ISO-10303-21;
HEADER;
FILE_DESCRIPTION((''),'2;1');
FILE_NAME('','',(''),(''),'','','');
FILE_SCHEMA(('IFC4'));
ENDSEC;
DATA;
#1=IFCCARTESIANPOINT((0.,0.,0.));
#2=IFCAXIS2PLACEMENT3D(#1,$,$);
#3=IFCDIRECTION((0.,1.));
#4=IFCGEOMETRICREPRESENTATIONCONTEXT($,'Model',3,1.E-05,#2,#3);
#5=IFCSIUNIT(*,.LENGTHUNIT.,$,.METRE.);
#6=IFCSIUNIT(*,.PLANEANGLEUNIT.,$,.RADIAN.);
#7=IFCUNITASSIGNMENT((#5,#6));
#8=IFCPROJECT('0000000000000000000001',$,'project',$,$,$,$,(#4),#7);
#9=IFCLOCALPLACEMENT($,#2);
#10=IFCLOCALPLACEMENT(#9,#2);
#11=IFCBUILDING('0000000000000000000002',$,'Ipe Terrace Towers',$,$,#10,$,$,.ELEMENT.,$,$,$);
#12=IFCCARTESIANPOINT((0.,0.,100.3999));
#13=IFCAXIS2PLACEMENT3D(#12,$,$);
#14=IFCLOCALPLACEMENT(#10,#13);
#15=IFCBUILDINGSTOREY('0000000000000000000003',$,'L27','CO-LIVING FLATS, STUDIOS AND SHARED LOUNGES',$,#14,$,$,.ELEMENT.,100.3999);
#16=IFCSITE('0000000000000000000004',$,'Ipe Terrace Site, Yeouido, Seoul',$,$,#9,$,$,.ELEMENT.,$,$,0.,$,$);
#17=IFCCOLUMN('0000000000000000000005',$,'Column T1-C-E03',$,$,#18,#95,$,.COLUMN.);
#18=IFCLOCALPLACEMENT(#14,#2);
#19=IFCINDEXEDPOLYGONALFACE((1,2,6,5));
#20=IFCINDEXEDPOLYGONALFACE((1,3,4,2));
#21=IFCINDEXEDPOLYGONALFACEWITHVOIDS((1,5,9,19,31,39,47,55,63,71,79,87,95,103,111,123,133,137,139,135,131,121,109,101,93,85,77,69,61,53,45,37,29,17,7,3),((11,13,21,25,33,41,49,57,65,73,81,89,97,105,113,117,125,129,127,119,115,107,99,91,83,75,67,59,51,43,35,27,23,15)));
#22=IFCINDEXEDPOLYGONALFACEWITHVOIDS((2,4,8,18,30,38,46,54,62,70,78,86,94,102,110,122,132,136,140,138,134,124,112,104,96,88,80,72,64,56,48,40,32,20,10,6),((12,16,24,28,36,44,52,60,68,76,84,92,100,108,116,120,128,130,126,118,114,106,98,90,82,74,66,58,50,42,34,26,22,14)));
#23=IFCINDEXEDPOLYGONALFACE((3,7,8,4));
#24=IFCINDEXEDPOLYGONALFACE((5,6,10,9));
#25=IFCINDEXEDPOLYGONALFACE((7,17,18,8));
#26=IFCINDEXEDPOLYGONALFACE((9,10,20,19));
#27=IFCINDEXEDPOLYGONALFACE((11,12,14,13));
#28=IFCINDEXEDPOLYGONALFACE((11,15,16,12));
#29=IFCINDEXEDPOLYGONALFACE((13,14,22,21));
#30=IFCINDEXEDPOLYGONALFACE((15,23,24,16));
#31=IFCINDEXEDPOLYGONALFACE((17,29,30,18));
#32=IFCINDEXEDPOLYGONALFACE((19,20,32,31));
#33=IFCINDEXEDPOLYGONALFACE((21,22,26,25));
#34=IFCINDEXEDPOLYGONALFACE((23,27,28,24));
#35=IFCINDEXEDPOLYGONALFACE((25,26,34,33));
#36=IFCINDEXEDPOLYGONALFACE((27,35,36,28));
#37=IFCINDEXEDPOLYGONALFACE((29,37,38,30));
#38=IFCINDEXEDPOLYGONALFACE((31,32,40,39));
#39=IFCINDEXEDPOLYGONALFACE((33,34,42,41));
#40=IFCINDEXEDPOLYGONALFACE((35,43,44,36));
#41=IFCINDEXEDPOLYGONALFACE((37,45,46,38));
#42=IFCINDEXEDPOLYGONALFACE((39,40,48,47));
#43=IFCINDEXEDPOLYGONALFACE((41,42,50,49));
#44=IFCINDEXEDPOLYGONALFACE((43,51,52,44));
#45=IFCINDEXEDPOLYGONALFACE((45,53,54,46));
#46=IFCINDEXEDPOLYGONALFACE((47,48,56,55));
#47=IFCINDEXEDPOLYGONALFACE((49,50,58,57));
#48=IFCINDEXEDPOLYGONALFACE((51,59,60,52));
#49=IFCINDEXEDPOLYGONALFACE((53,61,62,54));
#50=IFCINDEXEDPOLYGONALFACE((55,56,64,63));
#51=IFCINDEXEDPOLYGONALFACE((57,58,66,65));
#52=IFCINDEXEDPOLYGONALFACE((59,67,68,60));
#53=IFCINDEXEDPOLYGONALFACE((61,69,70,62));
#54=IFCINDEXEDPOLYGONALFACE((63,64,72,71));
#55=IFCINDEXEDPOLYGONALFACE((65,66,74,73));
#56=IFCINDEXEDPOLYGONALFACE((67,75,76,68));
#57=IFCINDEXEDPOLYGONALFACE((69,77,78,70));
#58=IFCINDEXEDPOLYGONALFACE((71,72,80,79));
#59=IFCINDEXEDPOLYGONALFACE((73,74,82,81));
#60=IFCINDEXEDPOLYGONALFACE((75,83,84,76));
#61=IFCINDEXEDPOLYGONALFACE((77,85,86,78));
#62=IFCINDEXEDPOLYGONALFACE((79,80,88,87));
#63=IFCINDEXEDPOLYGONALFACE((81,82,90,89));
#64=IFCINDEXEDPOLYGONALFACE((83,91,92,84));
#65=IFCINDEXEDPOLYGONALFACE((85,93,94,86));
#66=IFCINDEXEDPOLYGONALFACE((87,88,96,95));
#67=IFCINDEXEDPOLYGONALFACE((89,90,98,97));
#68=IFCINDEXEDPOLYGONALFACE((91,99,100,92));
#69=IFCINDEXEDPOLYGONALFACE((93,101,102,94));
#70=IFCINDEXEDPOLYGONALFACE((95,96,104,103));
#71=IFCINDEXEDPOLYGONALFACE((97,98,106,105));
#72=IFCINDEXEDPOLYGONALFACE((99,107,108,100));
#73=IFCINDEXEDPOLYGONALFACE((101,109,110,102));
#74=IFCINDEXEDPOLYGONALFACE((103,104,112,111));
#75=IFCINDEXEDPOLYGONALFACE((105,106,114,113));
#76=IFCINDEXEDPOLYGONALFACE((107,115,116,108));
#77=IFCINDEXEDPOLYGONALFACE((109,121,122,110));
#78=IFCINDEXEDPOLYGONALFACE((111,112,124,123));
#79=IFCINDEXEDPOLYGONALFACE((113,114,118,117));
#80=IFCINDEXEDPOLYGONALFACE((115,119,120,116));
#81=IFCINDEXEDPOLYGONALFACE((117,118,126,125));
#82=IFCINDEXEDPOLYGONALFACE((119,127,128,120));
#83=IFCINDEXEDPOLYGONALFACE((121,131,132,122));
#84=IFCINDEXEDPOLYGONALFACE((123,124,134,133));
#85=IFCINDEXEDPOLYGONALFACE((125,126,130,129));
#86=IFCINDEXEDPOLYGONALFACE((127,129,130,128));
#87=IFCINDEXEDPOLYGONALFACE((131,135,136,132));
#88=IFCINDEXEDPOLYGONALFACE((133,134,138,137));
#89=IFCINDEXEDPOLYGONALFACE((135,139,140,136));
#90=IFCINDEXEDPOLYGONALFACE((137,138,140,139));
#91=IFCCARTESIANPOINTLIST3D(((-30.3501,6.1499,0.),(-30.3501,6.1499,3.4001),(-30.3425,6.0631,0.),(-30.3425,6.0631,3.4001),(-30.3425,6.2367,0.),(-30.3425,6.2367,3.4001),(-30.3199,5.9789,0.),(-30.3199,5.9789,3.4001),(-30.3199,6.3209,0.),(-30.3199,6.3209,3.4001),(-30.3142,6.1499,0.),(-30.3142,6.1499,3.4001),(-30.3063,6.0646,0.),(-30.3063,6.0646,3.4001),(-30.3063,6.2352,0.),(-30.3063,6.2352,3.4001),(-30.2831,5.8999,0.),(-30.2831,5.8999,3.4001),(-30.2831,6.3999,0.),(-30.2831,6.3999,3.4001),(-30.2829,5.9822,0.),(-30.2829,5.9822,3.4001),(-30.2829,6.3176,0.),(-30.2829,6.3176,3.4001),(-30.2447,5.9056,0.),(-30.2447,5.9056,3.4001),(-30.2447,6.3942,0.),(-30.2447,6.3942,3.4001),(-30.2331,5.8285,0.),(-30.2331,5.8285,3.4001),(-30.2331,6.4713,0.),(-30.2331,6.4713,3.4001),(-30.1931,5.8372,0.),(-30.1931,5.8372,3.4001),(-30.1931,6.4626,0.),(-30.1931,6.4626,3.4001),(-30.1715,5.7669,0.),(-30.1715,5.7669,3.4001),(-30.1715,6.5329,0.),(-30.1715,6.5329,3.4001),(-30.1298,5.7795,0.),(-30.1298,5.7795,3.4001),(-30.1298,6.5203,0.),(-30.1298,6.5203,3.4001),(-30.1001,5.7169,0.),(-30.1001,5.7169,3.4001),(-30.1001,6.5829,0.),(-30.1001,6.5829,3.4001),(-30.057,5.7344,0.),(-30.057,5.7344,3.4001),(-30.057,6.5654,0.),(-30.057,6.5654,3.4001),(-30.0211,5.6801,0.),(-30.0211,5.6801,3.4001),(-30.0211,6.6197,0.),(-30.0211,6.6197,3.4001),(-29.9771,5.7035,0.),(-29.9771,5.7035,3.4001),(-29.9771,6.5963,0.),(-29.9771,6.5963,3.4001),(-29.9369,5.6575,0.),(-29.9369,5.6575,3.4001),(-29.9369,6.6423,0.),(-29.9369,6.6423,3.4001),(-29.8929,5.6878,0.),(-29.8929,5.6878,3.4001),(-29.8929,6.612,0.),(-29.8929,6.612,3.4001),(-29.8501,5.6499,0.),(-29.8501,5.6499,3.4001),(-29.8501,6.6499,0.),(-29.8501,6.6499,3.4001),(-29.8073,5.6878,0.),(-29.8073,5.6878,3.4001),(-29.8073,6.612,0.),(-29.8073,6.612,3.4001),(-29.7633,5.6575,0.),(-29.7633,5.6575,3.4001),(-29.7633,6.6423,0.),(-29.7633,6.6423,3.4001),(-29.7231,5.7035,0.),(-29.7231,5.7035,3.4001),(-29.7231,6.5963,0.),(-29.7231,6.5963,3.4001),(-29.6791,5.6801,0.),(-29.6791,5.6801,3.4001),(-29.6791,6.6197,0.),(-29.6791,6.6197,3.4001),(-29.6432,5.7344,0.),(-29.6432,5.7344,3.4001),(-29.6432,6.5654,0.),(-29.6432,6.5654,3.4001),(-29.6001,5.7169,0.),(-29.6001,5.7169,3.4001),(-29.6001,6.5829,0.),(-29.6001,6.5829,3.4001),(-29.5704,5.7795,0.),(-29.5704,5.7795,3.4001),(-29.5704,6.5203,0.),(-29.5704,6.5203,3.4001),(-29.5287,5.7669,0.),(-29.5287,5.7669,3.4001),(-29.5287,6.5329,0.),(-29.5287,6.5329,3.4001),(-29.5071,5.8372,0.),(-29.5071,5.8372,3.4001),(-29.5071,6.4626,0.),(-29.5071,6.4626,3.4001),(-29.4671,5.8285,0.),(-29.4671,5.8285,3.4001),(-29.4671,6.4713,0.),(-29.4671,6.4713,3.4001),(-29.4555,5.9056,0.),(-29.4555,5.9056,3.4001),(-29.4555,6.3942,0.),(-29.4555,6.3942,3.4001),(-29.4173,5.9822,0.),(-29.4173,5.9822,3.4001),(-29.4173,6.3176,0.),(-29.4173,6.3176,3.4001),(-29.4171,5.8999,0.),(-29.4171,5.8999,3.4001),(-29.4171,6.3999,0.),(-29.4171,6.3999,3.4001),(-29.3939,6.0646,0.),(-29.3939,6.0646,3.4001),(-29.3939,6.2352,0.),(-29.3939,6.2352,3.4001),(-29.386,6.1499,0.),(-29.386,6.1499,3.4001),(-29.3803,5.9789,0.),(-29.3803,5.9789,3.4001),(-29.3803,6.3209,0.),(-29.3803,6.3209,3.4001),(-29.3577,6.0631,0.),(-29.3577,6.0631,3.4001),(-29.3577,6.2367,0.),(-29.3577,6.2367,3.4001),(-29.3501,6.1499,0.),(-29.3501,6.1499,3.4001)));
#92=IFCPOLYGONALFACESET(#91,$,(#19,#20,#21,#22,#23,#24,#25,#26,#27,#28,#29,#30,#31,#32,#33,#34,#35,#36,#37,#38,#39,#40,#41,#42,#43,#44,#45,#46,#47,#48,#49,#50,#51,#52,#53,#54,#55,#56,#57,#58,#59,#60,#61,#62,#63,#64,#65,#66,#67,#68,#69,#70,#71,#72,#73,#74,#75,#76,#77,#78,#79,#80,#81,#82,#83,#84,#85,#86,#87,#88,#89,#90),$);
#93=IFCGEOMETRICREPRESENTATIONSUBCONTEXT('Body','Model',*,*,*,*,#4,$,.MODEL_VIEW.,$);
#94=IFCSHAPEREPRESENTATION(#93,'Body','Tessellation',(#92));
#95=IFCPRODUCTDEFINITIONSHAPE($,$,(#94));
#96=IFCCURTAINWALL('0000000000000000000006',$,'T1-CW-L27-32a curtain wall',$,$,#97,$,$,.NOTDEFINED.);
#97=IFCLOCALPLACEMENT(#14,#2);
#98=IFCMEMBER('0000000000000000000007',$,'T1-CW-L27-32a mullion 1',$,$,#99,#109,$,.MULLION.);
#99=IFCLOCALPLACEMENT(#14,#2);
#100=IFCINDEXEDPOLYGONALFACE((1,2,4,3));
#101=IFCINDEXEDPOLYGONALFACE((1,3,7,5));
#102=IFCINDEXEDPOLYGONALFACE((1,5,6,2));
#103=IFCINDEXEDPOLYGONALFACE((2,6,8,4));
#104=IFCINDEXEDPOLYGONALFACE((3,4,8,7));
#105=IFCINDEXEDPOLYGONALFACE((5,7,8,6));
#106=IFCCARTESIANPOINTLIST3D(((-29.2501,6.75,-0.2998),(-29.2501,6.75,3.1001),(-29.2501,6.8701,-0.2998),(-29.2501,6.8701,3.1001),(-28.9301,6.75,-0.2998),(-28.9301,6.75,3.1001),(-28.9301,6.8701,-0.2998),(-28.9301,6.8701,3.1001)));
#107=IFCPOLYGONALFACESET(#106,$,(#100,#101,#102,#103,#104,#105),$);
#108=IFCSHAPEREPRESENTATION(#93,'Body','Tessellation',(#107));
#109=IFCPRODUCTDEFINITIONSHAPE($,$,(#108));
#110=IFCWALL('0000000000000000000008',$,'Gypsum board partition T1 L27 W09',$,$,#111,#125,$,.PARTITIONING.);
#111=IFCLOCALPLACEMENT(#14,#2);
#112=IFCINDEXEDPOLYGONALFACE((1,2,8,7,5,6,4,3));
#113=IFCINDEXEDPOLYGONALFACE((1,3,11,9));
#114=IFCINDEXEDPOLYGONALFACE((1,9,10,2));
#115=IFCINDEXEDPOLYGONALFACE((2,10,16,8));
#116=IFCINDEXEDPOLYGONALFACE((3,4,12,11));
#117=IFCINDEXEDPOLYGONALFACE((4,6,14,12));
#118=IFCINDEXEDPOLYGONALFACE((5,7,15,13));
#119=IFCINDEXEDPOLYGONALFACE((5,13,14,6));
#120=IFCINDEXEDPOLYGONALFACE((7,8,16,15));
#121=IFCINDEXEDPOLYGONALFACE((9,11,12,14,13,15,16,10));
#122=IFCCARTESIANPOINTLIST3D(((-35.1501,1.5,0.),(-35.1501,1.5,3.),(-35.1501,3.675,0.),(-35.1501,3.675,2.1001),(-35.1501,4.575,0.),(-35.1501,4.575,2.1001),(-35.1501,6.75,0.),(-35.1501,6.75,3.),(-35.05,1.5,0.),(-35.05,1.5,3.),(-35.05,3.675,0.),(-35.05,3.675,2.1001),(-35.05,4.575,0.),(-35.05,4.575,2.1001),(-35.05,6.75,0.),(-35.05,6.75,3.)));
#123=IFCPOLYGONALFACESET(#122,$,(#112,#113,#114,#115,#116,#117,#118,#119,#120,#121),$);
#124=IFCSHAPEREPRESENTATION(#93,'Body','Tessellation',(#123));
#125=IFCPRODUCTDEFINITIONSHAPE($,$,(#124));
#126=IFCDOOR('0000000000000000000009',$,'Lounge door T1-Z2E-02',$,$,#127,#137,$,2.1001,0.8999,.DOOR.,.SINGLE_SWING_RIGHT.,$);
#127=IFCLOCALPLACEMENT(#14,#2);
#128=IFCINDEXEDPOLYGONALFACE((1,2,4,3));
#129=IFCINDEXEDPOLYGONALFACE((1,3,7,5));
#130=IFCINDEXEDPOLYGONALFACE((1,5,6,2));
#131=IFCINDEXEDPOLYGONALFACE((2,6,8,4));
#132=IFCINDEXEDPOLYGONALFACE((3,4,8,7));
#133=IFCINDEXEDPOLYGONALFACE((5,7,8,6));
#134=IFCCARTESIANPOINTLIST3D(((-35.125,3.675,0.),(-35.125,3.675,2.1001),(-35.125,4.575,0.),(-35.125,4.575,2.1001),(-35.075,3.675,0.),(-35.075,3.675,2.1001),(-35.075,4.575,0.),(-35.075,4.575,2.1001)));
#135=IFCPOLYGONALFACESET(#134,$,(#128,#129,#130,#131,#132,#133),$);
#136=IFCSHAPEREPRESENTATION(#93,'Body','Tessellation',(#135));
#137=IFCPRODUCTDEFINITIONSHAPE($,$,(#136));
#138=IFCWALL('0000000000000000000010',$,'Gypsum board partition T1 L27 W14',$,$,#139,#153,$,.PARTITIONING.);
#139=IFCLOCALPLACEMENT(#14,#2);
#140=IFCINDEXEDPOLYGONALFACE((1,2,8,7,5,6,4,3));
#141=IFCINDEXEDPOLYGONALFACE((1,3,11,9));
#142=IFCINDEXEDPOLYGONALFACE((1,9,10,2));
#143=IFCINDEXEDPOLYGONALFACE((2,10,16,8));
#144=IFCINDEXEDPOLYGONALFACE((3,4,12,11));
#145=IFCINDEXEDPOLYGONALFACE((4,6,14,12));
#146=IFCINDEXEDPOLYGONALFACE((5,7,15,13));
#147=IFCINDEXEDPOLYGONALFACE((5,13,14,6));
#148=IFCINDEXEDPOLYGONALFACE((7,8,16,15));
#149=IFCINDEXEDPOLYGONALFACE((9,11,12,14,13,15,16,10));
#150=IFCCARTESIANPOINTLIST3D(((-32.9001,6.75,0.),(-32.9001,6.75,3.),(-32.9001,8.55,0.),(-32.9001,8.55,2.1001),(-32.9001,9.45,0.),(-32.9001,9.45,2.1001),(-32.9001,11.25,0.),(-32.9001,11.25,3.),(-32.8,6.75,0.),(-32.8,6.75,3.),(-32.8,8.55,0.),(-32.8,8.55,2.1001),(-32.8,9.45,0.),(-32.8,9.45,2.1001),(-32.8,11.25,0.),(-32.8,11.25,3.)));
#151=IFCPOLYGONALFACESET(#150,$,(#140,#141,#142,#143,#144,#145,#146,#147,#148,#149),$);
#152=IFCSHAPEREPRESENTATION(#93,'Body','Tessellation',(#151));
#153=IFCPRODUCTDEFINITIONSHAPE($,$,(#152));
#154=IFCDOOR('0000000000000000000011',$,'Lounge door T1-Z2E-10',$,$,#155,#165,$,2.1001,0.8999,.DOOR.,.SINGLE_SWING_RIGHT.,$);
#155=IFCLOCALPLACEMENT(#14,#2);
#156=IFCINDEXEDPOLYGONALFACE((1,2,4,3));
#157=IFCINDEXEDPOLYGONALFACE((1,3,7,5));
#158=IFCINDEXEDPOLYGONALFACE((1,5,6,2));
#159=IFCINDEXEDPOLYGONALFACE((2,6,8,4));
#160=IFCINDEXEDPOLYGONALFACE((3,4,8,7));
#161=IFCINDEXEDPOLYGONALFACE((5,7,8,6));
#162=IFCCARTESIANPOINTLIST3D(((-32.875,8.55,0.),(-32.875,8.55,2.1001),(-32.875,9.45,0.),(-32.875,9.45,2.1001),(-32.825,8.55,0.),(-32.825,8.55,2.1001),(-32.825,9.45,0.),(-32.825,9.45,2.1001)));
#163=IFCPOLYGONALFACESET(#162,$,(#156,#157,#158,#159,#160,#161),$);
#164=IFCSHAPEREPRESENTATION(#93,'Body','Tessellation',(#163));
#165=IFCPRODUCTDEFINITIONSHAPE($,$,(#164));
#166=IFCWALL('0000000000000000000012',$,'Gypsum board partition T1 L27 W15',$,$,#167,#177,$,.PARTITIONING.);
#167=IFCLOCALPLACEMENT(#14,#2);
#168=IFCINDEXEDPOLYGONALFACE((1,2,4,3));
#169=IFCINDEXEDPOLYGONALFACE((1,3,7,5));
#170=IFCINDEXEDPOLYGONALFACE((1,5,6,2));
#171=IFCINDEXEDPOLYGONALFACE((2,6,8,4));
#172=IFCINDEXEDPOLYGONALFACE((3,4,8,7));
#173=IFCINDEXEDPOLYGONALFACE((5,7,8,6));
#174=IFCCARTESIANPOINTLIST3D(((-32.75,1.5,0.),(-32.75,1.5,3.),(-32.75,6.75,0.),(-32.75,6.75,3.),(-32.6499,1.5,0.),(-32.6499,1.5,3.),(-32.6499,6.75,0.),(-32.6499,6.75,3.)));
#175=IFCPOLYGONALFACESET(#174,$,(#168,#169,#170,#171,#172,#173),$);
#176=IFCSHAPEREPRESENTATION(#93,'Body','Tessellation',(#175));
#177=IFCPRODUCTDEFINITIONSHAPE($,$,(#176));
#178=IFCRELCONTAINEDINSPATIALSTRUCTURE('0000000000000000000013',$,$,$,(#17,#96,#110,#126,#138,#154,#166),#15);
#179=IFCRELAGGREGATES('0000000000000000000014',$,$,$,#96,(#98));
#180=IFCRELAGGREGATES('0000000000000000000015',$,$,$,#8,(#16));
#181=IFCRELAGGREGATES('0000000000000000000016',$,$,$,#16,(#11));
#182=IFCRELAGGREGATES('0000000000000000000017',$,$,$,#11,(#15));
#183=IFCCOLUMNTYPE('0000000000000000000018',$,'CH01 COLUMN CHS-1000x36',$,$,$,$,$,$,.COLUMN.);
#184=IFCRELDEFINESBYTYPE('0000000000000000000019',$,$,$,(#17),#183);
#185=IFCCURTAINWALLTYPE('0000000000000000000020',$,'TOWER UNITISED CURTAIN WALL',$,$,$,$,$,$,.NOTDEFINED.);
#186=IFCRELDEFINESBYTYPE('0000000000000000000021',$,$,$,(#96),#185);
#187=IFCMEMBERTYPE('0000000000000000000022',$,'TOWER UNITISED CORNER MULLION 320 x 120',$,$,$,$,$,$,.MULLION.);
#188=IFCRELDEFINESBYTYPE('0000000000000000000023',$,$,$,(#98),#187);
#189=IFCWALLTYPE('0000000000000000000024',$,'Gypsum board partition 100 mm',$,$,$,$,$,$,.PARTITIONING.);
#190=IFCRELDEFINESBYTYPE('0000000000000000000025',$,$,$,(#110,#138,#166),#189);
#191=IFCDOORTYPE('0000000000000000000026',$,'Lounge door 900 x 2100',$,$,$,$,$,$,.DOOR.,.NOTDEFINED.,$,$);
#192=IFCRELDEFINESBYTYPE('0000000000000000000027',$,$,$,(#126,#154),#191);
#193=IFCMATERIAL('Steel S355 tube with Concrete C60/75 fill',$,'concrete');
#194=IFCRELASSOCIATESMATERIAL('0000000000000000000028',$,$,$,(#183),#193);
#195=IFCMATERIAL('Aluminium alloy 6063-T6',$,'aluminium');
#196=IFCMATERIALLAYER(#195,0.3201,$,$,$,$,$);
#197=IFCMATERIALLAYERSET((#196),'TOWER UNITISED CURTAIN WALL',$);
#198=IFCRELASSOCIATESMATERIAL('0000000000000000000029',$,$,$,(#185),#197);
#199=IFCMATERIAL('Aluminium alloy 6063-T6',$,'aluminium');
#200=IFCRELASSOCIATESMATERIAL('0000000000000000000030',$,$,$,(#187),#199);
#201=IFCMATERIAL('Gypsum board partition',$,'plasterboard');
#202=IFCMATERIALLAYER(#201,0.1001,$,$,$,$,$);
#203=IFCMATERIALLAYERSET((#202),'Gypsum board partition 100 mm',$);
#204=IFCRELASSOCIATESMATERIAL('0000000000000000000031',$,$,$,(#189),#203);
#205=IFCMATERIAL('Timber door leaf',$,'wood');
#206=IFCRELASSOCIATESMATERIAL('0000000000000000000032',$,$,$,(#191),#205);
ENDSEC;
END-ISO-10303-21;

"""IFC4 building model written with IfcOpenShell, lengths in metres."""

from ifc_helpers import new_model, si_unit, direction, frame, frame_2d, origin, origin_2d, place, context, subcontext, project, spatial, rectangle, hollow_circle, extrude, material, layer, layer_set, material_profile, profile_set, type_object, element, fill, aggregate, save


model = new_model("IFC4")

# Units and contexts
model_context = context("Model", 3, precision=1e-05, world=origin(), true_north=direction((0.0, 1.0)))
body_context = subcontext(model_context, "Body", "Model", "MODEL_VIEW")
ifc_project = project(units=[si_unit("LENGTHUNIT", "METRE"), si_unit("PLANEANGLEUNIT", "RADIAN")], contexts=[model_context])

# Site, building, storey
site_placement = place(None, origin())
site = spatial("IfcSite", under=ifc_project, at=site_placement, Name="Ipe Terrace Site, Yeouido, Seoul", CompositionType="ELEMENT", RefElevation=0.0)
building_placement = place(site_placement, origin())
building = spatial("IfcBuilding", under=site, at=building_placement, Name="Ipe Terrace Towers", CompositionType="ELEMENT")
storey_placement = place(building_placement, frame((0.0, 0.0, 100.3999)))
storey = spatial("IfcBuildingStorey", under=building, at=storey_placement, Name="L27", Description="CO-LIVING FLATS, STUDIOS AND SHARED LOUNGES", CompositionType="ELEMENT", Elevation=100.3999)

# Column
ifc_material_1 = material(Name="Steel S355 tube with Concrete C60/75 fill", Category="concrete")
ifc_material_profile_1 = material_profile(ifc_material_1, hollow_circle(Radius=0.5, WallThickness=0.0359, at=origin_2d()), Name="CHS-1000x36")
ifc_profile_set_1 = profile_set([ifc_material_profile_1], Name="Steel S355 tube with Concrete C60/75 fill")
column_type = type_object("IfcColumnType", Name="CH01 COLUMN CHS-1000x36", PredefinedType="COLUMN", material=ifc_profile_set_1)
column_placement = place(storey_placement, frame((-29.8501, 6.1499, 0.0), z_axis=(0.0, 0.0, 1.0), x_axis=(1.0, 0.0, 0.0)))
element("IfcColumn", 1, at=column_placement, inside=storey, type_object=column_type, Name="Column T1-C-E03", PredefinedType="COLUMN", context=body_context, shape_type="SweptSolid", body=[
    extrude(hollow_circle(Radius=0.5, WallThickness=0.0359, at=origin_2d()), origin(), (0.0, 0.0, 1.0), 3.4001),
])

# Curtain wall, member
ifc_material_2 = material(Name="Aluminium alloy 6063-T6", Category="aluminium")
ifc_layer_1 = layer(ifc_material_2, 0.3201)
ifc_layer_set_1 = layer_set([ifc_layer_1], Name="TOWER UNITISED CURTAIN WALL")
curtain_wall_type = type_object("IfcCurtainWallType", Name="TOWER UNITISED CURTAIN WALL", PredefinedType="NOTDEFINED", material=ifc_layer_set_1)
curtain_wall_placement = place(storey_placement, origin())
curtain_wall = element("IfcCurtainWall", 2, at=curtain_wall_placement, inside=storey, type_object=curtain_wall_type, Name="T1-CW-L27-32a curtain wall", PredefinedType="NOTDEFINED")
ifc_material_3 = material(Name="Aluminium alloy 6063-T6", Category="aluminium")
ifc_material_profile_2 = material_profile(ifc_material_3, rectangle(XDim=0.3201, YDim=0.1201, at=origin_2d()), Name="TOWER UNITISED CORNER MULLION 320 x 120")
ifc_profile_set_2 = profile_set([ifc_material_profile_2], Name="Aluminium alloy 6063-T6")
member_type = type_object("IfcMemberType", Name="TOWER UNITISED CORNER MULLION 320 x 120", PredefinedType="MULLION", material=ifc_profile_set_2)
member_placement = place(storey_placement, frame((-29.0901, 6.8101, -0.2998), z_axis=(0.0, 0.0, 1.0), x_axis=(1.0, 0.0, 0.0)))
member = element("IfcMember", 3, at=member_placement, type_object=member_type, Name="T1-CW-L27-32a mullion 1", PredefinedType="MULLION", context=body_context, shape_type="SweptSolid", body=[
    extrude(rectangle(XDim=0.3201, YDim=0.1201, at=origin_2d()), origin(), (0.0, 0.0, 1.0), 3.3999),
])
aggregate(curtain_wall, [member])

# Walls, openings, doors
ifc_material_4 = material(Name="Gypsum board partition", Category="plasterboard")
ifc_layer_2 = layer(ifc_material_4, 0.1001)
ifc_layer_set_2 = layer_set([ifc_layer_2], Name="Gypsum board partition 100 mm")
wall_type_1 = type_object("IfcWallType", Name="Gypsum board partition 100 mm", PredefinedType="PARTITIONING", material=ifc_layer_set_2)
wall_1_placement = place(storey_placement, frame((-35.1001, 1.5, 0.0), z_axis=(0.0, 0.0, 1.0), x_axis=(0.0, 1.0, 0.0)))
wall_1 = element("IfcWall", 4, at=wall_1_placement, inside=storey, type_object=wall_type_1, Name="Gypsum board partition T1 L27 W09", PredefinedType="PARTITIONING", context=body_context, shape_type="SweptSolid", body=[
    extrude(rectangle(XDim=5.25, YDim=0.1001, at=frame_2d((2.625, 0.0))), origin(), (0.0, 0.0, 1.0), 3.0),
])
opening_1_placement = place(wall_1_placement, frame((2.175, 0.0, 0.0)))
opening_1 = element("IfcOpeningElement", 5, at=opening_1_placement, cuts=wall_1, PredefinedType="OPENING", context=body_context, shape_type="SweptSolid", body=[
    extrude(rectangle(XDim=0.8999, YDim=2.1001, at=frame_2d((0.45, 1.05))), frame((0.0, 0.0601, 0.0), z_axis=(0.0, -1.0, 0.0), x_axis=(1.0, 0.0, 0.0)), (0.0, 0.0, 1.0), 0.1201),
])
ifc_material_5 = material(Name="Timber door leaf", Category="wood")
door_type_1 = type_object("IfcDoorType", Name="Lounge door 900 x 2100", OperationType="NOTDEFINED", PredefinedType="DOOR", material=ifc_material_5)
door_1_placement = place(opening_1_placement, origin())
door_1 = element("IfcDoor", 6, at=door_1_placement, inside=storey, type_object=door_type_1, Name="Lounge door T1-Z2E-02", OperationType="SINGLE_SWING_RIGHT", OverallHeight=2.1001, OverallWidth=0.8999, PredefinedType="DOOR", context=body_context, shape_type="SweptSolid", body=[
    extrude(rectangle(XDim=0.8999, YDim=2.1001, at=frame_2d((0.45, 1.05))), frame((0.0, 0.0249, 0.0), z_axis=(0.0, -1.0, 0.0), x_axis=(1.0, 0.0, 0.0)), (0.0, 0.0, 1.0), 0.05),
])
fill(opening_1, door_1)
wall_2_placement = place(storey_placement, frame((-32.8501, 6.75, 0.0), z_axis=(0.0, 0.0, 1.0), x_axis=(0.0, 1.0, 0.0)))
wall_2 = element("IfcWall", 7, at=wall_2_placement, inside=storey, type_object=wall_type_1, Name="Gypsum board partition T1 L27 W14", PredefinedType="PARTITIONING", context=body_context, shape_type="SweptSolid", body=[
    extrude(rectangle(XDim=4.5, YDim=0.1001, at=frame_2d((2.25, 0.0))), origin(), (0.0, 0.0, 1.0), 3.0),
])
opening_2_placement = place(wall_2_placement, frame((1.8, 0.0, 0.0)))
opening_2 = element("IfcOpeningElement", 8, at=opening_2_placement, cuts=wall_2, PredefinedType="OPENING", context=body_context, shape_type="SweptSolid", body=[
    extrude(rectangle(XDim=0.8999, YDim=2.1001, at=frame_2d((0.45, 1.05))), frame((0.0, 0.0601, 0.0), z_axis=(0.0, -1.0, 0.0), x_axis=(1.0, 0.0, 0.0)), (0.0, 0.0, 1.0), 0.1201),
])
door_2_placement = place(opening_2_placement, origin())
door_2 = element("IfcDoor", 9, at=door_2_placement, inside=storey, type_object=door_type_1, Name="Lounge door T1-Z2E-10", OperationType="SINGLE_SWING_RIGHT", OverallHeight=2.1001, OverallWidth=0.8999, PredefinedType="DOOR", context=body_context, shape_type="SweptSolid", body=[
    extrude(rectangle(XDim=0.8999, YDim=2.1001, at=frame_2d((0.45, 1.05))), frame((0.0, 0.0249, 0.0), z_axis=(0.0, -1.0, 0.0), x_axis=(1.0, 0.0, 0.0)), (0.0, 0.0, 1.0), 0.05),
])
fill(opening_2, door_2)

# Wall
wall_3_placement = place(storey_placement, frame((-32.7, 1.5, 0.0), z_axis=(0.0, 0.0, 1.0), x_axis=(0.0, 1.0, 0.0)))
element("IfcWall", 10, at=wall_3_placement, inside=storey, type_object=wall_type_1, Name="Gypsum board partition T1 L27 W15", PredefinedType="PARTITIONING", context=body_context, shape_type="SweptSolid", body=[
    extrude(rectangle(XDim=5.25, YDim=0.1001, at=frame_2d((2.625, 0.0))), origin(), (0.0, 0.0, 1.0), 3.0),
])

save(model, "model.ifc")
